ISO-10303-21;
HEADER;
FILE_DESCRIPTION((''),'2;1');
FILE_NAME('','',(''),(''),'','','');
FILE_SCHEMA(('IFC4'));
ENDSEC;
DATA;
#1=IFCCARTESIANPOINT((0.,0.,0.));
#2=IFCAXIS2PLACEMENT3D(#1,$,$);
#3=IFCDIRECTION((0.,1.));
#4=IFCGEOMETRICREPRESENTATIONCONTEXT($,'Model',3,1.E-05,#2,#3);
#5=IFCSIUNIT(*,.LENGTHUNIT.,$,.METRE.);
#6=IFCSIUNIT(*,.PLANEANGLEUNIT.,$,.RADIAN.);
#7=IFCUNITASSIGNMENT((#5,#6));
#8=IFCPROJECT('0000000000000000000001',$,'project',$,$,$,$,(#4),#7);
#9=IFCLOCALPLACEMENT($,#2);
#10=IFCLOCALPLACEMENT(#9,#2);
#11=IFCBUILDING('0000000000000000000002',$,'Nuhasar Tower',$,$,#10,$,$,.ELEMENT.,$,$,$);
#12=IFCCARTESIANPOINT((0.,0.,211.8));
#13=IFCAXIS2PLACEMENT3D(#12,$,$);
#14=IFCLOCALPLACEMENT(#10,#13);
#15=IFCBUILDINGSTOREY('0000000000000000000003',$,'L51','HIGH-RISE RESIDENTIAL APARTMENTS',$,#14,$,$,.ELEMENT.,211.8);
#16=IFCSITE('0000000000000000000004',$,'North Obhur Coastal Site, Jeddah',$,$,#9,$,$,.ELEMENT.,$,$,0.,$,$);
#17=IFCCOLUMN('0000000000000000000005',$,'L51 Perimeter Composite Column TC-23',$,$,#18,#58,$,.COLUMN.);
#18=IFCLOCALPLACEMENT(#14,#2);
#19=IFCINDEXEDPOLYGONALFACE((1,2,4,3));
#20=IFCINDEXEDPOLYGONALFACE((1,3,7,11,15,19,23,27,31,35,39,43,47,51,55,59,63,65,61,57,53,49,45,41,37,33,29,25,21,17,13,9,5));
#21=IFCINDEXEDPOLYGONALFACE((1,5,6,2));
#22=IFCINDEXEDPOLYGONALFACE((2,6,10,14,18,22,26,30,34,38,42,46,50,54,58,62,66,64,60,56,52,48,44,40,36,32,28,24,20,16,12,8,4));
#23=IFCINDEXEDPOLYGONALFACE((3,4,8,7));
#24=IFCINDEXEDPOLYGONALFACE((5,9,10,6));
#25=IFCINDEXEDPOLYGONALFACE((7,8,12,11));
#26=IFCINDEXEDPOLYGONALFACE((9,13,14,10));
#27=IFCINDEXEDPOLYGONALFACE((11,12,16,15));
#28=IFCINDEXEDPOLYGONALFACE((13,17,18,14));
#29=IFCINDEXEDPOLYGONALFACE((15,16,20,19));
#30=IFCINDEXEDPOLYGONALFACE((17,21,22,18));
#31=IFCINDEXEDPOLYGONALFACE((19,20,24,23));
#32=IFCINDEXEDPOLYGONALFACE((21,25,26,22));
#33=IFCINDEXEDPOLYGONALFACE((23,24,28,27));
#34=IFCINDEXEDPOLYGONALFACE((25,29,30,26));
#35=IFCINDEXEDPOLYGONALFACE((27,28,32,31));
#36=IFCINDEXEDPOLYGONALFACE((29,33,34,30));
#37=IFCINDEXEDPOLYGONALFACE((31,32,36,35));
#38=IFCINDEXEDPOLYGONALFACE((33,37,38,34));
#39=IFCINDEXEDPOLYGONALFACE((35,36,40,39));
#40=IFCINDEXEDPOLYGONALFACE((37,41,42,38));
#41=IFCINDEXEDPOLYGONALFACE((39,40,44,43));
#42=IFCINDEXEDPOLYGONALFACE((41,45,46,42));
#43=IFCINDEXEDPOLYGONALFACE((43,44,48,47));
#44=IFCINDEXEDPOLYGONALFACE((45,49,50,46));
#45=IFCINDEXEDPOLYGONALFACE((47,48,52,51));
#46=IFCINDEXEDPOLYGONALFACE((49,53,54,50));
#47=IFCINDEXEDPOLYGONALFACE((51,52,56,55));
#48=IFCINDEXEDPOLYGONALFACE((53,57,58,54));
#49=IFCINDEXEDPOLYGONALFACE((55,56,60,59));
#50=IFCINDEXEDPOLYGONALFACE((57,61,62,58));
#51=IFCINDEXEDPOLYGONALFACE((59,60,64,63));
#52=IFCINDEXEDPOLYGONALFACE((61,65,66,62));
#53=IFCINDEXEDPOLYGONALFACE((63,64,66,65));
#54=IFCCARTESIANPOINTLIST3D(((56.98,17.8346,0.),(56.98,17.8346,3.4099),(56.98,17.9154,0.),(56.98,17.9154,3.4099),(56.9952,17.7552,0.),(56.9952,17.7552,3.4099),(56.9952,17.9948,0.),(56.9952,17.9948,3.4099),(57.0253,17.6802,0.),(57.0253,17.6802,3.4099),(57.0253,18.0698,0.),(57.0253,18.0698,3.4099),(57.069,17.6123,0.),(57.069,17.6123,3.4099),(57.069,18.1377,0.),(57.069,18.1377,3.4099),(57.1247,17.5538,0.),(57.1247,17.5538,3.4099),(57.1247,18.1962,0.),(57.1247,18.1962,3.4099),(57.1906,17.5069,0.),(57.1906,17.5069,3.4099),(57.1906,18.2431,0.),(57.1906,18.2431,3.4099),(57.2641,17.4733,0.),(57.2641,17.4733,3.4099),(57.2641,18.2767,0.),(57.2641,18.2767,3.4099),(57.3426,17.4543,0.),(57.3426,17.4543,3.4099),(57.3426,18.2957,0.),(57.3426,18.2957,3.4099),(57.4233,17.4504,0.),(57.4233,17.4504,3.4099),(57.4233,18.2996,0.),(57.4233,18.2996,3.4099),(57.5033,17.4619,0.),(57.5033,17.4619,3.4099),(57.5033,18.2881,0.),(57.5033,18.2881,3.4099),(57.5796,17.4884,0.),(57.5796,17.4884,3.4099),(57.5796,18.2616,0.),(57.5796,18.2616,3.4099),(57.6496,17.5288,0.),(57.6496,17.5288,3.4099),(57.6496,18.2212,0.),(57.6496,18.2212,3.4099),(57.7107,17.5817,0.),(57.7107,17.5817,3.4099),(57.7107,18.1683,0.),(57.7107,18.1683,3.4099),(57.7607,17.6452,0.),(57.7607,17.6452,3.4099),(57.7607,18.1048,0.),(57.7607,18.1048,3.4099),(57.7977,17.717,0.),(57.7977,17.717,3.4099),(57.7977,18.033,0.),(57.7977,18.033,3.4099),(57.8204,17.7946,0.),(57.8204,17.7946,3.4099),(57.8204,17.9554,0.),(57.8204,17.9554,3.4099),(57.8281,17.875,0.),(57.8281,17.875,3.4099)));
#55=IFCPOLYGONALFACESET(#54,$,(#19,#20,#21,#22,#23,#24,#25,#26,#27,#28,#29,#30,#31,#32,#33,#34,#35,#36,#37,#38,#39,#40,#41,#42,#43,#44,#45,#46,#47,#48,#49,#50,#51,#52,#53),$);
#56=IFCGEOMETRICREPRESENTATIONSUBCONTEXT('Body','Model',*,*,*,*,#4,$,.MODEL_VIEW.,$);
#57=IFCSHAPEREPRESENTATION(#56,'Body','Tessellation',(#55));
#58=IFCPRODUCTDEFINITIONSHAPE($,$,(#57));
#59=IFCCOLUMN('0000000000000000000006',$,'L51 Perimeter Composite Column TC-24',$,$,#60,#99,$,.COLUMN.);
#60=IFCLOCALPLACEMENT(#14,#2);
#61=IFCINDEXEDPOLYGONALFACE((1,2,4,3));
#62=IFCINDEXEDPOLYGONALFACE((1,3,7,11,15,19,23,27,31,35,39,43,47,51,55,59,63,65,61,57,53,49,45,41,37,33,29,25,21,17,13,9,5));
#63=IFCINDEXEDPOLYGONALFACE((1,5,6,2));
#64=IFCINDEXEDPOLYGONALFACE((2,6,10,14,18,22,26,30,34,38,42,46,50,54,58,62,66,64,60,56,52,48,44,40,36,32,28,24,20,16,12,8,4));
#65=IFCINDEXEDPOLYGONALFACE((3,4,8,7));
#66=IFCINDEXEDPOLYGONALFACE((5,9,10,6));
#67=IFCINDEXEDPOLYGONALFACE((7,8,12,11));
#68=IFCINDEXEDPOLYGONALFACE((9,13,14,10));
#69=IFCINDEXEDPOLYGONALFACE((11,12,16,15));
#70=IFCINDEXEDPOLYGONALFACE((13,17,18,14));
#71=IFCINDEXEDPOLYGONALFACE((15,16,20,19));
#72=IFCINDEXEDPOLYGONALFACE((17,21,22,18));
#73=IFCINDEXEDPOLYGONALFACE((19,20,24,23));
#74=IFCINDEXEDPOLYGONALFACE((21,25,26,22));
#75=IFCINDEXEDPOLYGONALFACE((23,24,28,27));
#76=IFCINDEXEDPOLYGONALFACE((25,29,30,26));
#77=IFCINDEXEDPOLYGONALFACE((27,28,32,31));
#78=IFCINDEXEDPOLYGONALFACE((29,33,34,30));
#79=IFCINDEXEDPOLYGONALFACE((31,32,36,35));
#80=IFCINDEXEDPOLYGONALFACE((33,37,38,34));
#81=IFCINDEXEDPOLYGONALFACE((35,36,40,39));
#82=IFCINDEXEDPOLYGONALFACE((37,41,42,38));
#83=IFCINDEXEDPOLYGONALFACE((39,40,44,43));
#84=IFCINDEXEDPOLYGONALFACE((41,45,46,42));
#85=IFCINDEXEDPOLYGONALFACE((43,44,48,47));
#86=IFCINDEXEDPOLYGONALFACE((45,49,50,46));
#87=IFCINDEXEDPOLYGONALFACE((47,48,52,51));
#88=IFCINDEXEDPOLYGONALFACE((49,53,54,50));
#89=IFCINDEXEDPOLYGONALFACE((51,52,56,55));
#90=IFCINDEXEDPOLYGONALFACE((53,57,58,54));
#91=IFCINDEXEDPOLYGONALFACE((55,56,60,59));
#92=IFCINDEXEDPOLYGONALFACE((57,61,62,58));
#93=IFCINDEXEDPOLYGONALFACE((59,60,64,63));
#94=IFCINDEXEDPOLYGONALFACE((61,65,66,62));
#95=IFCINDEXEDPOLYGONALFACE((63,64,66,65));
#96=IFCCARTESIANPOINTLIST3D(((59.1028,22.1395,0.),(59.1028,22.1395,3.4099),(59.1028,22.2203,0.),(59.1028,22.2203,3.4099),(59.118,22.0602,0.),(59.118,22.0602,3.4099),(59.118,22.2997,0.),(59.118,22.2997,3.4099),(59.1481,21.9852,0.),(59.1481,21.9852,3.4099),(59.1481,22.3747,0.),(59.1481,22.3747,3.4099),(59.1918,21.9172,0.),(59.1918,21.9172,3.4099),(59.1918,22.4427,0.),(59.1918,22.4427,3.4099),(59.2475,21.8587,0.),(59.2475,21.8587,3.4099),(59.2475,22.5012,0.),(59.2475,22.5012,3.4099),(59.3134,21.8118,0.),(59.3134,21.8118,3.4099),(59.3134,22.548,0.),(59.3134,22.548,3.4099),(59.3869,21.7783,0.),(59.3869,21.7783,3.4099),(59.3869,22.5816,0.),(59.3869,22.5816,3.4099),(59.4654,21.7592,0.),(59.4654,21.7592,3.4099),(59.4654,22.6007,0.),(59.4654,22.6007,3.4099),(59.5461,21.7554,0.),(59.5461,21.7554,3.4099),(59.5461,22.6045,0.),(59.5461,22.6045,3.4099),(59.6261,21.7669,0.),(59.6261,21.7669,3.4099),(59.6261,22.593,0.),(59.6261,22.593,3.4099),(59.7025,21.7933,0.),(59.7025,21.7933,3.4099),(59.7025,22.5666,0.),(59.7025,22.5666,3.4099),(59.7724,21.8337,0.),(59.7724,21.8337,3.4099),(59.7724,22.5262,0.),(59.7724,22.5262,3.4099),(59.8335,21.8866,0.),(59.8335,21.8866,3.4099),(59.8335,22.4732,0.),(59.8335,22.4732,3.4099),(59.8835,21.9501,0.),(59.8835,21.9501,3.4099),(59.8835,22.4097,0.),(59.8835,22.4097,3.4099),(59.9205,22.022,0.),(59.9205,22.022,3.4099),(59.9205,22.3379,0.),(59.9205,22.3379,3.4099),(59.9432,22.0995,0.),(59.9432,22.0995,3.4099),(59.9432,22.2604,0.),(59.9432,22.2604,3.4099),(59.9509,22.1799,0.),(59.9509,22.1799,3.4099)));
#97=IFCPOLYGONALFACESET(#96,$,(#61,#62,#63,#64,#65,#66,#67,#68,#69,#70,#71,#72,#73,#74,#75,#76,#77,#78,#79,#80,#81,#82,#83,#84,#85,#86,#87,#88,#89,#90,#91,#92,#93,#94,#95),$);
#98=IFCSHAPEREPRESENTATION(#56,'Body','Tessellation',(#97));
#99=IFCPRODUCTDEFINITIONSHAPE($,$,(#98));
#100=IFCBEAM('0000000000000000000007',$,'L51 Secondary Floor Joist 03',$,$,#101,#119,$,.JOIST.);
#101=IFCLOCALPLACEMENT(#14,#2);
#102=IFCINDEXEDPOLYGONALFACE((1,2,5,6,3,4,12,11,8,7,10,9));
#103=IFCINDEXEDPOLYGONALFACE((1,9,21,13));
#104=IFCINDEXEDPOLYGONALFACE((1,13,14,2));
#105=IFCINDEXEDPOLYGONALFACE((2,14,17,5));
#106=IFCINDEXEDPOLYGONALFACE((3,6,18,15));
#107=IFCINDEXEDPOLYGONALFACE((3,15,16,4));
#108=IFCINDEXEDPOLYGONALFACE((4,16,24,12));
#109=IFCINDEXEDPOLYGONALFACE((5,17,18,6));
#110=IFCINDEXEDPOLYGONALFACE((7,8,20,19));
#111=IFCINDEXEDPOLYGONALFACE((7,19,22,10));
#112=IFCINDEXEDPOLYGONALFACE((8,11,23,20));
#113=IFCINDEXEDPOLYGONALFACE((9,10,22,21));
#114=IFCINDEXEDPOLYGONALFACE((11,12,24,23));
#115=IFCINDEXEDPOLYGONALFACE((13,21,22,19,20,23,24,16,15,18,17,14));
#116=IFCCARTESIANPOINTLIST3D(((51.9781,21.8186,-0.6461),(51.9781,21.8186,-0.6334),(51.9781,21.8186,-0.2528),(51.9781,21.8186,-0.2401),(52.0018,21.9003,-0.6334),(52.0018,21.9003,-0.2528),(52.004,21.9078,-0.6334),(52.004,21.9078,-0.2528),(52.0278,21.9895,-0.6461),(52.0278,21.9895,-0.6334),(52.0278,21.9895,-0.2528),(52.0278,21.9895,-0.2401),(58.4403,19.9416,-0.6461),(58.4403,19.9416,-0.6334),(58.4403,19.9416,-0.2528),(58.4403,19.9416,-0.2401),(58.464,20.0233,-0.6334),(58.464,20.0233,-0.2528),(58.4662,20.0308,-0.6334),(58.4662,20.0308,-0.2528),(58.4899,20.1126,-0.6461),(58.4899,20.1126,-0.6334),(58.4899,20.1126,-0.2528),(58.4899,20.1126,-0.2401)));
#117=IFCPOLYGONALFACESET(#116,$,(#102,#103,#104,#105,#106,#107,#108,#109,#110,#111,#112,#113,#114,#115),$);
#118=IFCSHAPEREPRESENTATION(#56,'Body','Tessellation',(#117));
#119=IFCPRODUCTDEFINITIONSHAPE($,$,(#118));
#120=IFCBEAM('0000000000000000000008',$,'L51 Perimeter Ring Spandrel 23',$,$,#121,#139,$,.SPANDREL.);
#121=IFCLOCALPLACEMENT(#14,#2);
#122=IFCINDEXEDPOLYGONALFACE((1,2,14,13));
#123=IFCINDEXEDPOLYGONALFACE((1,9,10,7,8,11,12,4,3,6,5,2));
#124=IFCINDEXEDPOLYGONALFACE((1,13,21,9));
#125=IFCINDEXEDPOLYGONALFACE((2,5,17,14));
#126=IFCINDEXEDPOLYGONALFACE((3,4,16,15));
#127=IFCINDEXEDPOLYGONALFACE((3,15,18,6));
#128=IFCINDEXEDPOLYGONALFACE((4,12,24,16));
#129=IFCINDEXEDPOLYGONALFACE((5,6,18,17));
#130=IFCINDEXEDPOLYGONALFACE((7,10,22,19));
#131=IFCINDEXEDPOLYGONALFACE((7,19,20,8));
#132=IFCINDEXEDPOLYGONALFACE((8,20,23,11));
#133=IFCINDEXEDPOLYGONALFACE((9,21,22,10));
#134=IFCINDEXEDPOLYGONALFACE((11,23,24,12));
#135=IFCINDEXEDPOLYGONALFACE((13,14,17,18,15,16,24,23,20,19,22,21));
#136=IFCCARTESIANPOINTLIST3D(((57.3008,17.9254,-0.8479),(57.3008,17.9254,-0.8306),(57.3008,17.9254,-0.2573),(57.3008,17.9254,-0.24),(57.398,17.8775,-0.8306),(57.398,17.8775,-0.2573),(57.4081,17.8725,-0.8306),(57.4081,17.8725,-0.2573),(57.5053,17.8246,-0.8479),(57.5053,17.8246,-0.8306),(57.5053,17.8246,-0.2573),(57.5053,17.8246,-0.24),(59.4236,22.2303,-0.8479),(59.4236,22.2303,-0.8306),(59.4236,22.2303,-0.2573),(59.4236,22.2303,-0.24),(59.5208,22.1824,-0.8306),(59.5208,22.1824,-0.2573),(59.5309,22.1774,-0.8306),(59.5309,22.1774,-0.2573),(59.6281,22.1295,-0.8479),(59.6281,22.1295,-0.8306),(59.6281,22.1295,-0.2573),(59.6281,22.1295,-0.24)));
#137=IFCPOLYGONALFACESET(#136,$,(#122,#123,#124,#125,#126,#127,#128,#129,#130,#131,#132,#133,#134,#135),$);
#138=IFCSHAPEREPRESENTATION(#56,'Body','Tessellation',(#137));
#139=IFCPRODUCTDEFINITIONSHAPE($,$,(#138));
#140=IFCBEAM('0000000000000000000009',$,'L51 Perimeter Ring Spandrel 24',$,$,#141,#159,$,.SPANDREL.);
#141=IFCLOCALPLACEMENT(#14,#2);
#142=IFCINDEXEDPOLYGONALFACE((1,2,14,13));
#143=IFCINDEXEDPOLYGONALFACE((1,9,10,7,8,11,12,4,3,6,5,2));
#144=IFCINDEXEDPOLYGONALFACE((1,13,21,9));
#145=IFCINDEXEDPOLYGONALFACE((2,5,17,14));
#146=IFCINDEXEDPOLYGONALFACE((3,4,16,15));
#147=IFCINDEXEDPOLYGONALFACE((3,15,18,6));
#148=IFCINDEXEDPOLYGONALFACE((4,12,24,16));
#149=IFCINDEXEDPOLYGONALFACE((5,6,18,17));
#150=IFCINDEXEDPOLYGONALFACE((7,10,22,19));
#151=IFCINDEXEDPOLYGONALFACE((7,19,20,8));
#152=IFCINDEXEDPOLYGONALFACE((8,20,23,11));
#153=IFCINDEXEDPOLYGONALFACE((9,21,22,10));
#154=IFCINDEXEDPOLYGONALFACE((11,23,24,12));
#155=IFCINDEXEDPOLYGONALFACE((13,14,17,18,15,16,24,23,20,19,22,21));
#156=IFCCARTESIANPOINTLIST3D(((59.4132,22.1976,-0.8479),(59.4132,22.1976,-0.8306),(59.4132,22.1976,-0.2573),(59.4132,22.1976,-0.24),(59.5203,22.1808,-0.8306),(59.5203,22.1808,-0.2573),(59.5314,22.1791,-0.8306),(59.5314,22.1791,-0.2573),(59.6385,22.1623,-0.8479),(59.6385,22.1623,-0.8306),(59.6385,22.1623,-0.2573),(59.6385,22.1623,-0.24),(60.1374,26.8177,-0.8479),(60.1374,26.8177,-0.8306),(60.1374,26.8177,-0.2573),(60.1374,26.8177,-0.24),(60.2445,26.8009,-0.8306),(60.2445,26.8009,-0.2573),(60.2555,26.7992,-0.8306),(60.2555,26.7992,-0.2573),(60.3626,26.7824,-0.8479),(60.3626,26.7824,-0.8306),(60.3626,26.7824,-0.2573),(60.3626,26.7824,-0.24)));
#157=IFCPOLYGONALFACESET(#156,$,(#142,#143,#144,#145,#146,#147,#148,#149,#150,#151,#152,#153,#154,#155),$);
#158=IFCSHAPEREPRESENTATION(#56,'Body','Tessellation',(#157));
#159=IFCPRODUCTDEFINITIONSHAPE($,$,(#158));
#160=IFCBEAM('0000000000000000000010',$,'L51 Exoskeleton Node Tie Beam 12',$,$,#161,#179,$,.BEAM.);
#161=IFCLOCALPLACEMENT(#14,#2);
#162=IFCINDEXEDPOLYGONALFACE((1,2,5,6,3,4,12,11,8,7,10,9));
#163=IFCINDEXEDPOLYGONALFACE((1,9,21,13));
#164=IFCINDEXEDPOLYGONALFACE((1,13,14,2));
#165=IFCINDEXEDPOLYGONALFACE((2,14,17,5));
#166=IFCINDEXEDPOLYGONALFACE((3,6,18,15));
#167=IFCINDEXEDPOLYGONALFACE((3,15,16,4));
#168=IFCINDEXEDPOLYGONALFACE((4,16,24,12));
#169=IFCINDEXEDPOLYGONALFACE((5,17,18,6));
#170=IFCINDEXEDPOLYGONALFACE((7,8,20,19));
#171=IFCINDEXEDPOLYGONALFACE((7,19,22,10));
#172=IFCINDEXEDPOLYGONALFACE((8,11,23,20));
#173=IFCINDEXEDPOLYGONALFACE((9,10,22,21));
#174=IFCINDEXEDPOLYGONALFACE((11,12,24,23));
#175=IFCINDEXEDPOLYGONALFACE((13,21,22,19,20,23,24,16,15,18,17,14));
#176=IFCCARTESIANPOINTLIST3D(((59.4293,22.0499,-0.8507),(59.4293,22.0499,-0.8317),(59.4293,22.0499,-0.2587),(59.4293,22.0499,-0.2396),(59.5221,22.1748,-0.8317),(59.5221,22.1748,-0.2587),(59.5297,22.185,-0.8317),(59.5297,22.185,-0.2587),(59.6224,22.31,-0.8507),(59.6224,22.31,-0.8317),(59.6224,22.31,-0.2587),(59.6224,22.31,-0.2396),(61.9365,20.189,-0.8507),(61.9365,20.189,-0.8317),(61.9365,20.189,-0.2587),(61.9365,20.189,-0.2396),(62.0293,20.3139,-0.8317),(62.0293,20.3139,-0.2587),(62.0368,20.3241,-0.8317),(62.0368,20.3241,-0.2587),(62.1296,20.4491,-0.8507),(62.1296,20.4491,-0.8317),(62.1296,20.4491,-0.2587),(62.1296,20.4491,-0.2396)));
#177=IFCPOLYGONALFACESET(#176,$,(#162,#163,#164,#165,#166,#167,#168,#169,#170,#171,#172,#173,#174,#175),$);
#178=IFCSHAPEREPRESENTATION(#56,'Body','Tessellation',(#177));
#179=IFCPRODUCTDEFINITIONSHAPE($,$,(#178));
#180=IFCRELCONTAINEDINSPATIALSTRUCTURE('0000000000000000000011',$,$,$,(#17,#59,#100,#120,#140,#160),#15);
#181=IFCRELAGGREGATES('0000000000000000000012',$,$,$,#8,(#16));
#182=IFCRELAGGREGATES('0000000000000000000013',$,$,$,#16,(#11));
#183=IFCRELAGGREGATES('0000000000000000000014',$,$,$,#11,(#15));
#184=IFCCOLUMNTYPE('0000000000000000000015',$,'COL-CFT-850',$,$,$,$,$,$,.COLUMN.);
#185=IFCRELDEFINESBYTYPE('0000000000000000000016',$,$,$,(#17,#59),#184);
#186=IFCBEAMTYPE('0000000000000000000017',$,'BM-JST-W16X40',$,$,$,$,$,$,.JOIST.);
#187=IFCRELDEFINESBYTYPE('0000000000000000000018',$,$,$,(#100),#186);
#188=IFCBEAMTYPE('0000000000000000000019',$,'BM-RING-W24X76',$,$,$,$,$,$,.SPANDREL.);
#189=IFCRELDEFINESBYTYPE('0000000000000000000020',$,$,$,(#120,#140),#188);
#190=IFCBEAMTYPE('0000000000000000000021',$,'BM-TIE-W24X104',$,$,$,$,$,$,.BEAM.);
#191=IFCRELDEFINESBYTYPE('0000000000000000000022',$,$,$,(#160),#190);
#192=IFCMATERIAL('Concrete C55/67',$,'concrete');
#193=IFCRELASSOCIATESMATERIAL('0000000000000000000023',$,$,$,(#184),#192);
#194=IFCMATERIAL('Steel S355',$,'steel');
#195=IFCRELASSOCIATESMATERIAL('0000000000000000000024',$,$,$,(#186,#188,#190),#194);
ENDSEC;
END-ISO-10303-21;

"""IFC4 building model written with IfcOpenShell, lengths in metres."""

from ifc_helpers import new_model, si_unit, direction, frame, origin, origin_2d, place, context, subcontext, project, spatial, circle, i_section, extrude, material, material_profile, profile_set, type_object, element, save


model = new_model("IFC4")

# Units and contexts
model_context = context("Model", 3, precision=1e-05, world=origin(), true_north=direction((0.0, 1.0)))
body_context = subcontext(model_context, "Body", "Model", "MODEL_VIEW")
ifc_project = project(units=[si_unit("LENGTHUNIT", "METRE"), si_unit("PLANEANGLEUNIT", "RADIAN")], contexts=[model_context])

# Site, building, storey
site_placement = place(None, origin())
site = spatial("IfcSite", under=ifc_project, at=site_placement, Name="North Obhur Coastal Site, Jeddah", CompositionType="ELEMENT", RefElevation=0.0)
building_placement = place(site_placement, origin())
building = spatial("IfcBuilding", under=site, at=building_placement, Name="Nuhasar Tower", CompositionType="ELEMENT")
storey_placement = place(building_placement, frame((0.0, 0.0, 211.8)))
storey = spatial("IfcBuildingStorey", under=building, at=storey_placement, Name="L51", Description="HIGH-RISE RESIDENTIAL APARTMENTS", CompositionType="ELEMENT", Elevation=211.8)

# Columns
ifc_material_1 = material(Name="Concrete C55/67", Category="concrete")
ifc_material_profile_1 = material_profile(ifc_material_1, circle(Radius=0.425, at=origin_2d()), Name="CFT850")
ifc_profile_set_1 = profile_set([ifc_material_profile_1], Name="Concrete C55/67")
column_type = type_object("IfcColumnType", Name="COL-CFT-850", PredefinedType="COLUMN", material=ifc_profile_set_1)
for number, where, z_axis, x_axis, name in (
    (1, (57.4031, 17.875, 0.0), (0.0, 0.0, 1.0), (1.0, 0.0, 0.0), "L51 Perimeter Composite Column TC-23"),
    (2, (59.5259, 22.1799, 0.0), (0.0, 0.0, 1.0), (1.0, 0.0, 0.0), "L51 Perimeter Composite Column TC-24"),
):
    element("IfcColumn", number, at=place(storey_placement, frame(where, z_axis=z_axis, x_axis=x_axis)), inside=storey, type_object=column_type, Name=name, PredefinedType="COLUMN", context=body_context, shape_type="SweptSolid", body=[
        extrude(circle(Radius=0.425, at=origin_2d()), origin(), (0.0, 0.0, 1.0), 3.4099),
    ])

# Beams
ifc_material_2 = material(Name="Steel S355", Category="steel")
ifc_material_profile_2 = material_profile(ifc_material_2, i_section(OverallWidth=0.178, OverallDepth=0.406, WebThickness=0.0078, FlangeThickness=0.0127, at=origin_2d()), Name="W16X40")
ifc_profile_set_2 = profile_set([ifc_material_profile_2], Name="Steel S355")
beam_type_1 = type_object("IfcBeamType", Name="BM-JST-W16X40", PredefinedType="JOIST", material=ifc_profile_set_2)
beam_1_placement = place(storey_placement, frame((52.0029, 21.9041, -0.4431), z_axis=(0.960313, -0.278926, 0.0), x_axis=(0.278926, 0.960313, 0.0)))
element("IfcBeam", 3, at=beam_1_placement, inside=storey, type_object=beam_type_1, Name="L51 Secondary Floor Joist 03", PredefinedType="JOIST", context=body_context, shape_type="SweptSolid", body=[
    extrude(i_section(OverallWidth=0.178, OverallDepth=0.406, WebThickness=0.0078, FlangeThickness=0.0127, at=origin_2d()), origin(), (0.0, 0.0, 1.0), 6.7292),
])
ifc_material_profile_3 = material_profile(ifc_material_2, i_section(OverallWidth=0.228, OverallDepth=0.6079, WebThickness=0.0112, FlangeThickness=0.0173, at=origin_2d()), Name="W24X76")
ifc_profile_set_3 = profile_set([ifc_material_profile_3], Name="Steel S355")
beam_type_2 = type_object("IfcBeamType", Name="BM-RING-W24X76", PredefinedType="SPANDREL", material=ifc_profile_set_3)
beam_2_placement = place(storey_placement, frame((57.4031, 17.875, -0.5439), z_axis=(0.442263, 0.896886, 0.0), x_axis=(-0.896886, 0.442263, 0.0)))
element("IfcBeam", 4, at=beam_2_placement, inside=storey, type_object=beam_type_2, Name="L51 Perimeter Ring Spandrel 23", PredefinedType="SPANDREL", context=body_context, shape_type="SweptSolid", body=[
    extrude(i_section(OverallWidth=0.228, OverallDepth=0.6079, WebThickness=0.0112, FlangeThickness=0.0173, at=origin_2d()), origin(), (0.0, 0.0, 1.0), 4.7998),
])
beam_3_placement = place(storey_placement, frame((59.5259, 22.1799, -0.5439), z_axis=(0.154842, 0.987939, 0.0), x_axis=(-0.987939, 0.154842, 0.0)))
element("IfcBeam", 5, at=beam_3_placement, inside=storey, type_object=beam_type_2, Name="L51 Perimeter Ring Spandrel 24", PredefinedType="SPANDREL", context=body_context, shape_type="SweptSolid", body=[
    extrude(i_section(OverallWidth=0.228, OverallDepth=0.6079, WebThickness=0.0112, FlangeThickness=0.0173, at=origin_2d()), origin(), (0.0, 0.0, 1.0), 4.6765),
])
ifc_material_profile_4 = material_profile(ifc_material_2, i_section(OverallWidth=0.324, OverallDepth=0.6111, WebThickness=0.0127, FlangeThickness=0.019, at=origin_2d()), Name="W24X104")
ifc_profile_set_4 = profile_set([ifc_material_profile_4], Name="Steel S355")
beam_type_3 = type_object("IfcBeamType", Name="BM-TIE-W24X104", PredefinedType="BEAM", material=ifc_profile_set_4)
beam_4_placement = place(storey_placement, frame((59.5259, 22.1799, -0.5452), z_axis=(0.802983, -0.596001, 0.0), x_axis=(0.596001, 0.802983, 0.0)))
element("IfcBeam", 6, at=beam_4_placement, inside=storey, type_object=beam_type_3, Name="L51 Exoskeleton Node Tie Beam 12", PredefinedType="BEAM", context=body_context, shape_type="SweptSolid", body=[
    extrude(i_section(OverallWidth=0.324, OverallDepth=0.6111, WebThickness=0.0127, FlangeThickness=0.019, at=origin_2d()), origin(), (0.0, 0.0, 1.0), 3.1223),
])

save(model, "model.ifc")
